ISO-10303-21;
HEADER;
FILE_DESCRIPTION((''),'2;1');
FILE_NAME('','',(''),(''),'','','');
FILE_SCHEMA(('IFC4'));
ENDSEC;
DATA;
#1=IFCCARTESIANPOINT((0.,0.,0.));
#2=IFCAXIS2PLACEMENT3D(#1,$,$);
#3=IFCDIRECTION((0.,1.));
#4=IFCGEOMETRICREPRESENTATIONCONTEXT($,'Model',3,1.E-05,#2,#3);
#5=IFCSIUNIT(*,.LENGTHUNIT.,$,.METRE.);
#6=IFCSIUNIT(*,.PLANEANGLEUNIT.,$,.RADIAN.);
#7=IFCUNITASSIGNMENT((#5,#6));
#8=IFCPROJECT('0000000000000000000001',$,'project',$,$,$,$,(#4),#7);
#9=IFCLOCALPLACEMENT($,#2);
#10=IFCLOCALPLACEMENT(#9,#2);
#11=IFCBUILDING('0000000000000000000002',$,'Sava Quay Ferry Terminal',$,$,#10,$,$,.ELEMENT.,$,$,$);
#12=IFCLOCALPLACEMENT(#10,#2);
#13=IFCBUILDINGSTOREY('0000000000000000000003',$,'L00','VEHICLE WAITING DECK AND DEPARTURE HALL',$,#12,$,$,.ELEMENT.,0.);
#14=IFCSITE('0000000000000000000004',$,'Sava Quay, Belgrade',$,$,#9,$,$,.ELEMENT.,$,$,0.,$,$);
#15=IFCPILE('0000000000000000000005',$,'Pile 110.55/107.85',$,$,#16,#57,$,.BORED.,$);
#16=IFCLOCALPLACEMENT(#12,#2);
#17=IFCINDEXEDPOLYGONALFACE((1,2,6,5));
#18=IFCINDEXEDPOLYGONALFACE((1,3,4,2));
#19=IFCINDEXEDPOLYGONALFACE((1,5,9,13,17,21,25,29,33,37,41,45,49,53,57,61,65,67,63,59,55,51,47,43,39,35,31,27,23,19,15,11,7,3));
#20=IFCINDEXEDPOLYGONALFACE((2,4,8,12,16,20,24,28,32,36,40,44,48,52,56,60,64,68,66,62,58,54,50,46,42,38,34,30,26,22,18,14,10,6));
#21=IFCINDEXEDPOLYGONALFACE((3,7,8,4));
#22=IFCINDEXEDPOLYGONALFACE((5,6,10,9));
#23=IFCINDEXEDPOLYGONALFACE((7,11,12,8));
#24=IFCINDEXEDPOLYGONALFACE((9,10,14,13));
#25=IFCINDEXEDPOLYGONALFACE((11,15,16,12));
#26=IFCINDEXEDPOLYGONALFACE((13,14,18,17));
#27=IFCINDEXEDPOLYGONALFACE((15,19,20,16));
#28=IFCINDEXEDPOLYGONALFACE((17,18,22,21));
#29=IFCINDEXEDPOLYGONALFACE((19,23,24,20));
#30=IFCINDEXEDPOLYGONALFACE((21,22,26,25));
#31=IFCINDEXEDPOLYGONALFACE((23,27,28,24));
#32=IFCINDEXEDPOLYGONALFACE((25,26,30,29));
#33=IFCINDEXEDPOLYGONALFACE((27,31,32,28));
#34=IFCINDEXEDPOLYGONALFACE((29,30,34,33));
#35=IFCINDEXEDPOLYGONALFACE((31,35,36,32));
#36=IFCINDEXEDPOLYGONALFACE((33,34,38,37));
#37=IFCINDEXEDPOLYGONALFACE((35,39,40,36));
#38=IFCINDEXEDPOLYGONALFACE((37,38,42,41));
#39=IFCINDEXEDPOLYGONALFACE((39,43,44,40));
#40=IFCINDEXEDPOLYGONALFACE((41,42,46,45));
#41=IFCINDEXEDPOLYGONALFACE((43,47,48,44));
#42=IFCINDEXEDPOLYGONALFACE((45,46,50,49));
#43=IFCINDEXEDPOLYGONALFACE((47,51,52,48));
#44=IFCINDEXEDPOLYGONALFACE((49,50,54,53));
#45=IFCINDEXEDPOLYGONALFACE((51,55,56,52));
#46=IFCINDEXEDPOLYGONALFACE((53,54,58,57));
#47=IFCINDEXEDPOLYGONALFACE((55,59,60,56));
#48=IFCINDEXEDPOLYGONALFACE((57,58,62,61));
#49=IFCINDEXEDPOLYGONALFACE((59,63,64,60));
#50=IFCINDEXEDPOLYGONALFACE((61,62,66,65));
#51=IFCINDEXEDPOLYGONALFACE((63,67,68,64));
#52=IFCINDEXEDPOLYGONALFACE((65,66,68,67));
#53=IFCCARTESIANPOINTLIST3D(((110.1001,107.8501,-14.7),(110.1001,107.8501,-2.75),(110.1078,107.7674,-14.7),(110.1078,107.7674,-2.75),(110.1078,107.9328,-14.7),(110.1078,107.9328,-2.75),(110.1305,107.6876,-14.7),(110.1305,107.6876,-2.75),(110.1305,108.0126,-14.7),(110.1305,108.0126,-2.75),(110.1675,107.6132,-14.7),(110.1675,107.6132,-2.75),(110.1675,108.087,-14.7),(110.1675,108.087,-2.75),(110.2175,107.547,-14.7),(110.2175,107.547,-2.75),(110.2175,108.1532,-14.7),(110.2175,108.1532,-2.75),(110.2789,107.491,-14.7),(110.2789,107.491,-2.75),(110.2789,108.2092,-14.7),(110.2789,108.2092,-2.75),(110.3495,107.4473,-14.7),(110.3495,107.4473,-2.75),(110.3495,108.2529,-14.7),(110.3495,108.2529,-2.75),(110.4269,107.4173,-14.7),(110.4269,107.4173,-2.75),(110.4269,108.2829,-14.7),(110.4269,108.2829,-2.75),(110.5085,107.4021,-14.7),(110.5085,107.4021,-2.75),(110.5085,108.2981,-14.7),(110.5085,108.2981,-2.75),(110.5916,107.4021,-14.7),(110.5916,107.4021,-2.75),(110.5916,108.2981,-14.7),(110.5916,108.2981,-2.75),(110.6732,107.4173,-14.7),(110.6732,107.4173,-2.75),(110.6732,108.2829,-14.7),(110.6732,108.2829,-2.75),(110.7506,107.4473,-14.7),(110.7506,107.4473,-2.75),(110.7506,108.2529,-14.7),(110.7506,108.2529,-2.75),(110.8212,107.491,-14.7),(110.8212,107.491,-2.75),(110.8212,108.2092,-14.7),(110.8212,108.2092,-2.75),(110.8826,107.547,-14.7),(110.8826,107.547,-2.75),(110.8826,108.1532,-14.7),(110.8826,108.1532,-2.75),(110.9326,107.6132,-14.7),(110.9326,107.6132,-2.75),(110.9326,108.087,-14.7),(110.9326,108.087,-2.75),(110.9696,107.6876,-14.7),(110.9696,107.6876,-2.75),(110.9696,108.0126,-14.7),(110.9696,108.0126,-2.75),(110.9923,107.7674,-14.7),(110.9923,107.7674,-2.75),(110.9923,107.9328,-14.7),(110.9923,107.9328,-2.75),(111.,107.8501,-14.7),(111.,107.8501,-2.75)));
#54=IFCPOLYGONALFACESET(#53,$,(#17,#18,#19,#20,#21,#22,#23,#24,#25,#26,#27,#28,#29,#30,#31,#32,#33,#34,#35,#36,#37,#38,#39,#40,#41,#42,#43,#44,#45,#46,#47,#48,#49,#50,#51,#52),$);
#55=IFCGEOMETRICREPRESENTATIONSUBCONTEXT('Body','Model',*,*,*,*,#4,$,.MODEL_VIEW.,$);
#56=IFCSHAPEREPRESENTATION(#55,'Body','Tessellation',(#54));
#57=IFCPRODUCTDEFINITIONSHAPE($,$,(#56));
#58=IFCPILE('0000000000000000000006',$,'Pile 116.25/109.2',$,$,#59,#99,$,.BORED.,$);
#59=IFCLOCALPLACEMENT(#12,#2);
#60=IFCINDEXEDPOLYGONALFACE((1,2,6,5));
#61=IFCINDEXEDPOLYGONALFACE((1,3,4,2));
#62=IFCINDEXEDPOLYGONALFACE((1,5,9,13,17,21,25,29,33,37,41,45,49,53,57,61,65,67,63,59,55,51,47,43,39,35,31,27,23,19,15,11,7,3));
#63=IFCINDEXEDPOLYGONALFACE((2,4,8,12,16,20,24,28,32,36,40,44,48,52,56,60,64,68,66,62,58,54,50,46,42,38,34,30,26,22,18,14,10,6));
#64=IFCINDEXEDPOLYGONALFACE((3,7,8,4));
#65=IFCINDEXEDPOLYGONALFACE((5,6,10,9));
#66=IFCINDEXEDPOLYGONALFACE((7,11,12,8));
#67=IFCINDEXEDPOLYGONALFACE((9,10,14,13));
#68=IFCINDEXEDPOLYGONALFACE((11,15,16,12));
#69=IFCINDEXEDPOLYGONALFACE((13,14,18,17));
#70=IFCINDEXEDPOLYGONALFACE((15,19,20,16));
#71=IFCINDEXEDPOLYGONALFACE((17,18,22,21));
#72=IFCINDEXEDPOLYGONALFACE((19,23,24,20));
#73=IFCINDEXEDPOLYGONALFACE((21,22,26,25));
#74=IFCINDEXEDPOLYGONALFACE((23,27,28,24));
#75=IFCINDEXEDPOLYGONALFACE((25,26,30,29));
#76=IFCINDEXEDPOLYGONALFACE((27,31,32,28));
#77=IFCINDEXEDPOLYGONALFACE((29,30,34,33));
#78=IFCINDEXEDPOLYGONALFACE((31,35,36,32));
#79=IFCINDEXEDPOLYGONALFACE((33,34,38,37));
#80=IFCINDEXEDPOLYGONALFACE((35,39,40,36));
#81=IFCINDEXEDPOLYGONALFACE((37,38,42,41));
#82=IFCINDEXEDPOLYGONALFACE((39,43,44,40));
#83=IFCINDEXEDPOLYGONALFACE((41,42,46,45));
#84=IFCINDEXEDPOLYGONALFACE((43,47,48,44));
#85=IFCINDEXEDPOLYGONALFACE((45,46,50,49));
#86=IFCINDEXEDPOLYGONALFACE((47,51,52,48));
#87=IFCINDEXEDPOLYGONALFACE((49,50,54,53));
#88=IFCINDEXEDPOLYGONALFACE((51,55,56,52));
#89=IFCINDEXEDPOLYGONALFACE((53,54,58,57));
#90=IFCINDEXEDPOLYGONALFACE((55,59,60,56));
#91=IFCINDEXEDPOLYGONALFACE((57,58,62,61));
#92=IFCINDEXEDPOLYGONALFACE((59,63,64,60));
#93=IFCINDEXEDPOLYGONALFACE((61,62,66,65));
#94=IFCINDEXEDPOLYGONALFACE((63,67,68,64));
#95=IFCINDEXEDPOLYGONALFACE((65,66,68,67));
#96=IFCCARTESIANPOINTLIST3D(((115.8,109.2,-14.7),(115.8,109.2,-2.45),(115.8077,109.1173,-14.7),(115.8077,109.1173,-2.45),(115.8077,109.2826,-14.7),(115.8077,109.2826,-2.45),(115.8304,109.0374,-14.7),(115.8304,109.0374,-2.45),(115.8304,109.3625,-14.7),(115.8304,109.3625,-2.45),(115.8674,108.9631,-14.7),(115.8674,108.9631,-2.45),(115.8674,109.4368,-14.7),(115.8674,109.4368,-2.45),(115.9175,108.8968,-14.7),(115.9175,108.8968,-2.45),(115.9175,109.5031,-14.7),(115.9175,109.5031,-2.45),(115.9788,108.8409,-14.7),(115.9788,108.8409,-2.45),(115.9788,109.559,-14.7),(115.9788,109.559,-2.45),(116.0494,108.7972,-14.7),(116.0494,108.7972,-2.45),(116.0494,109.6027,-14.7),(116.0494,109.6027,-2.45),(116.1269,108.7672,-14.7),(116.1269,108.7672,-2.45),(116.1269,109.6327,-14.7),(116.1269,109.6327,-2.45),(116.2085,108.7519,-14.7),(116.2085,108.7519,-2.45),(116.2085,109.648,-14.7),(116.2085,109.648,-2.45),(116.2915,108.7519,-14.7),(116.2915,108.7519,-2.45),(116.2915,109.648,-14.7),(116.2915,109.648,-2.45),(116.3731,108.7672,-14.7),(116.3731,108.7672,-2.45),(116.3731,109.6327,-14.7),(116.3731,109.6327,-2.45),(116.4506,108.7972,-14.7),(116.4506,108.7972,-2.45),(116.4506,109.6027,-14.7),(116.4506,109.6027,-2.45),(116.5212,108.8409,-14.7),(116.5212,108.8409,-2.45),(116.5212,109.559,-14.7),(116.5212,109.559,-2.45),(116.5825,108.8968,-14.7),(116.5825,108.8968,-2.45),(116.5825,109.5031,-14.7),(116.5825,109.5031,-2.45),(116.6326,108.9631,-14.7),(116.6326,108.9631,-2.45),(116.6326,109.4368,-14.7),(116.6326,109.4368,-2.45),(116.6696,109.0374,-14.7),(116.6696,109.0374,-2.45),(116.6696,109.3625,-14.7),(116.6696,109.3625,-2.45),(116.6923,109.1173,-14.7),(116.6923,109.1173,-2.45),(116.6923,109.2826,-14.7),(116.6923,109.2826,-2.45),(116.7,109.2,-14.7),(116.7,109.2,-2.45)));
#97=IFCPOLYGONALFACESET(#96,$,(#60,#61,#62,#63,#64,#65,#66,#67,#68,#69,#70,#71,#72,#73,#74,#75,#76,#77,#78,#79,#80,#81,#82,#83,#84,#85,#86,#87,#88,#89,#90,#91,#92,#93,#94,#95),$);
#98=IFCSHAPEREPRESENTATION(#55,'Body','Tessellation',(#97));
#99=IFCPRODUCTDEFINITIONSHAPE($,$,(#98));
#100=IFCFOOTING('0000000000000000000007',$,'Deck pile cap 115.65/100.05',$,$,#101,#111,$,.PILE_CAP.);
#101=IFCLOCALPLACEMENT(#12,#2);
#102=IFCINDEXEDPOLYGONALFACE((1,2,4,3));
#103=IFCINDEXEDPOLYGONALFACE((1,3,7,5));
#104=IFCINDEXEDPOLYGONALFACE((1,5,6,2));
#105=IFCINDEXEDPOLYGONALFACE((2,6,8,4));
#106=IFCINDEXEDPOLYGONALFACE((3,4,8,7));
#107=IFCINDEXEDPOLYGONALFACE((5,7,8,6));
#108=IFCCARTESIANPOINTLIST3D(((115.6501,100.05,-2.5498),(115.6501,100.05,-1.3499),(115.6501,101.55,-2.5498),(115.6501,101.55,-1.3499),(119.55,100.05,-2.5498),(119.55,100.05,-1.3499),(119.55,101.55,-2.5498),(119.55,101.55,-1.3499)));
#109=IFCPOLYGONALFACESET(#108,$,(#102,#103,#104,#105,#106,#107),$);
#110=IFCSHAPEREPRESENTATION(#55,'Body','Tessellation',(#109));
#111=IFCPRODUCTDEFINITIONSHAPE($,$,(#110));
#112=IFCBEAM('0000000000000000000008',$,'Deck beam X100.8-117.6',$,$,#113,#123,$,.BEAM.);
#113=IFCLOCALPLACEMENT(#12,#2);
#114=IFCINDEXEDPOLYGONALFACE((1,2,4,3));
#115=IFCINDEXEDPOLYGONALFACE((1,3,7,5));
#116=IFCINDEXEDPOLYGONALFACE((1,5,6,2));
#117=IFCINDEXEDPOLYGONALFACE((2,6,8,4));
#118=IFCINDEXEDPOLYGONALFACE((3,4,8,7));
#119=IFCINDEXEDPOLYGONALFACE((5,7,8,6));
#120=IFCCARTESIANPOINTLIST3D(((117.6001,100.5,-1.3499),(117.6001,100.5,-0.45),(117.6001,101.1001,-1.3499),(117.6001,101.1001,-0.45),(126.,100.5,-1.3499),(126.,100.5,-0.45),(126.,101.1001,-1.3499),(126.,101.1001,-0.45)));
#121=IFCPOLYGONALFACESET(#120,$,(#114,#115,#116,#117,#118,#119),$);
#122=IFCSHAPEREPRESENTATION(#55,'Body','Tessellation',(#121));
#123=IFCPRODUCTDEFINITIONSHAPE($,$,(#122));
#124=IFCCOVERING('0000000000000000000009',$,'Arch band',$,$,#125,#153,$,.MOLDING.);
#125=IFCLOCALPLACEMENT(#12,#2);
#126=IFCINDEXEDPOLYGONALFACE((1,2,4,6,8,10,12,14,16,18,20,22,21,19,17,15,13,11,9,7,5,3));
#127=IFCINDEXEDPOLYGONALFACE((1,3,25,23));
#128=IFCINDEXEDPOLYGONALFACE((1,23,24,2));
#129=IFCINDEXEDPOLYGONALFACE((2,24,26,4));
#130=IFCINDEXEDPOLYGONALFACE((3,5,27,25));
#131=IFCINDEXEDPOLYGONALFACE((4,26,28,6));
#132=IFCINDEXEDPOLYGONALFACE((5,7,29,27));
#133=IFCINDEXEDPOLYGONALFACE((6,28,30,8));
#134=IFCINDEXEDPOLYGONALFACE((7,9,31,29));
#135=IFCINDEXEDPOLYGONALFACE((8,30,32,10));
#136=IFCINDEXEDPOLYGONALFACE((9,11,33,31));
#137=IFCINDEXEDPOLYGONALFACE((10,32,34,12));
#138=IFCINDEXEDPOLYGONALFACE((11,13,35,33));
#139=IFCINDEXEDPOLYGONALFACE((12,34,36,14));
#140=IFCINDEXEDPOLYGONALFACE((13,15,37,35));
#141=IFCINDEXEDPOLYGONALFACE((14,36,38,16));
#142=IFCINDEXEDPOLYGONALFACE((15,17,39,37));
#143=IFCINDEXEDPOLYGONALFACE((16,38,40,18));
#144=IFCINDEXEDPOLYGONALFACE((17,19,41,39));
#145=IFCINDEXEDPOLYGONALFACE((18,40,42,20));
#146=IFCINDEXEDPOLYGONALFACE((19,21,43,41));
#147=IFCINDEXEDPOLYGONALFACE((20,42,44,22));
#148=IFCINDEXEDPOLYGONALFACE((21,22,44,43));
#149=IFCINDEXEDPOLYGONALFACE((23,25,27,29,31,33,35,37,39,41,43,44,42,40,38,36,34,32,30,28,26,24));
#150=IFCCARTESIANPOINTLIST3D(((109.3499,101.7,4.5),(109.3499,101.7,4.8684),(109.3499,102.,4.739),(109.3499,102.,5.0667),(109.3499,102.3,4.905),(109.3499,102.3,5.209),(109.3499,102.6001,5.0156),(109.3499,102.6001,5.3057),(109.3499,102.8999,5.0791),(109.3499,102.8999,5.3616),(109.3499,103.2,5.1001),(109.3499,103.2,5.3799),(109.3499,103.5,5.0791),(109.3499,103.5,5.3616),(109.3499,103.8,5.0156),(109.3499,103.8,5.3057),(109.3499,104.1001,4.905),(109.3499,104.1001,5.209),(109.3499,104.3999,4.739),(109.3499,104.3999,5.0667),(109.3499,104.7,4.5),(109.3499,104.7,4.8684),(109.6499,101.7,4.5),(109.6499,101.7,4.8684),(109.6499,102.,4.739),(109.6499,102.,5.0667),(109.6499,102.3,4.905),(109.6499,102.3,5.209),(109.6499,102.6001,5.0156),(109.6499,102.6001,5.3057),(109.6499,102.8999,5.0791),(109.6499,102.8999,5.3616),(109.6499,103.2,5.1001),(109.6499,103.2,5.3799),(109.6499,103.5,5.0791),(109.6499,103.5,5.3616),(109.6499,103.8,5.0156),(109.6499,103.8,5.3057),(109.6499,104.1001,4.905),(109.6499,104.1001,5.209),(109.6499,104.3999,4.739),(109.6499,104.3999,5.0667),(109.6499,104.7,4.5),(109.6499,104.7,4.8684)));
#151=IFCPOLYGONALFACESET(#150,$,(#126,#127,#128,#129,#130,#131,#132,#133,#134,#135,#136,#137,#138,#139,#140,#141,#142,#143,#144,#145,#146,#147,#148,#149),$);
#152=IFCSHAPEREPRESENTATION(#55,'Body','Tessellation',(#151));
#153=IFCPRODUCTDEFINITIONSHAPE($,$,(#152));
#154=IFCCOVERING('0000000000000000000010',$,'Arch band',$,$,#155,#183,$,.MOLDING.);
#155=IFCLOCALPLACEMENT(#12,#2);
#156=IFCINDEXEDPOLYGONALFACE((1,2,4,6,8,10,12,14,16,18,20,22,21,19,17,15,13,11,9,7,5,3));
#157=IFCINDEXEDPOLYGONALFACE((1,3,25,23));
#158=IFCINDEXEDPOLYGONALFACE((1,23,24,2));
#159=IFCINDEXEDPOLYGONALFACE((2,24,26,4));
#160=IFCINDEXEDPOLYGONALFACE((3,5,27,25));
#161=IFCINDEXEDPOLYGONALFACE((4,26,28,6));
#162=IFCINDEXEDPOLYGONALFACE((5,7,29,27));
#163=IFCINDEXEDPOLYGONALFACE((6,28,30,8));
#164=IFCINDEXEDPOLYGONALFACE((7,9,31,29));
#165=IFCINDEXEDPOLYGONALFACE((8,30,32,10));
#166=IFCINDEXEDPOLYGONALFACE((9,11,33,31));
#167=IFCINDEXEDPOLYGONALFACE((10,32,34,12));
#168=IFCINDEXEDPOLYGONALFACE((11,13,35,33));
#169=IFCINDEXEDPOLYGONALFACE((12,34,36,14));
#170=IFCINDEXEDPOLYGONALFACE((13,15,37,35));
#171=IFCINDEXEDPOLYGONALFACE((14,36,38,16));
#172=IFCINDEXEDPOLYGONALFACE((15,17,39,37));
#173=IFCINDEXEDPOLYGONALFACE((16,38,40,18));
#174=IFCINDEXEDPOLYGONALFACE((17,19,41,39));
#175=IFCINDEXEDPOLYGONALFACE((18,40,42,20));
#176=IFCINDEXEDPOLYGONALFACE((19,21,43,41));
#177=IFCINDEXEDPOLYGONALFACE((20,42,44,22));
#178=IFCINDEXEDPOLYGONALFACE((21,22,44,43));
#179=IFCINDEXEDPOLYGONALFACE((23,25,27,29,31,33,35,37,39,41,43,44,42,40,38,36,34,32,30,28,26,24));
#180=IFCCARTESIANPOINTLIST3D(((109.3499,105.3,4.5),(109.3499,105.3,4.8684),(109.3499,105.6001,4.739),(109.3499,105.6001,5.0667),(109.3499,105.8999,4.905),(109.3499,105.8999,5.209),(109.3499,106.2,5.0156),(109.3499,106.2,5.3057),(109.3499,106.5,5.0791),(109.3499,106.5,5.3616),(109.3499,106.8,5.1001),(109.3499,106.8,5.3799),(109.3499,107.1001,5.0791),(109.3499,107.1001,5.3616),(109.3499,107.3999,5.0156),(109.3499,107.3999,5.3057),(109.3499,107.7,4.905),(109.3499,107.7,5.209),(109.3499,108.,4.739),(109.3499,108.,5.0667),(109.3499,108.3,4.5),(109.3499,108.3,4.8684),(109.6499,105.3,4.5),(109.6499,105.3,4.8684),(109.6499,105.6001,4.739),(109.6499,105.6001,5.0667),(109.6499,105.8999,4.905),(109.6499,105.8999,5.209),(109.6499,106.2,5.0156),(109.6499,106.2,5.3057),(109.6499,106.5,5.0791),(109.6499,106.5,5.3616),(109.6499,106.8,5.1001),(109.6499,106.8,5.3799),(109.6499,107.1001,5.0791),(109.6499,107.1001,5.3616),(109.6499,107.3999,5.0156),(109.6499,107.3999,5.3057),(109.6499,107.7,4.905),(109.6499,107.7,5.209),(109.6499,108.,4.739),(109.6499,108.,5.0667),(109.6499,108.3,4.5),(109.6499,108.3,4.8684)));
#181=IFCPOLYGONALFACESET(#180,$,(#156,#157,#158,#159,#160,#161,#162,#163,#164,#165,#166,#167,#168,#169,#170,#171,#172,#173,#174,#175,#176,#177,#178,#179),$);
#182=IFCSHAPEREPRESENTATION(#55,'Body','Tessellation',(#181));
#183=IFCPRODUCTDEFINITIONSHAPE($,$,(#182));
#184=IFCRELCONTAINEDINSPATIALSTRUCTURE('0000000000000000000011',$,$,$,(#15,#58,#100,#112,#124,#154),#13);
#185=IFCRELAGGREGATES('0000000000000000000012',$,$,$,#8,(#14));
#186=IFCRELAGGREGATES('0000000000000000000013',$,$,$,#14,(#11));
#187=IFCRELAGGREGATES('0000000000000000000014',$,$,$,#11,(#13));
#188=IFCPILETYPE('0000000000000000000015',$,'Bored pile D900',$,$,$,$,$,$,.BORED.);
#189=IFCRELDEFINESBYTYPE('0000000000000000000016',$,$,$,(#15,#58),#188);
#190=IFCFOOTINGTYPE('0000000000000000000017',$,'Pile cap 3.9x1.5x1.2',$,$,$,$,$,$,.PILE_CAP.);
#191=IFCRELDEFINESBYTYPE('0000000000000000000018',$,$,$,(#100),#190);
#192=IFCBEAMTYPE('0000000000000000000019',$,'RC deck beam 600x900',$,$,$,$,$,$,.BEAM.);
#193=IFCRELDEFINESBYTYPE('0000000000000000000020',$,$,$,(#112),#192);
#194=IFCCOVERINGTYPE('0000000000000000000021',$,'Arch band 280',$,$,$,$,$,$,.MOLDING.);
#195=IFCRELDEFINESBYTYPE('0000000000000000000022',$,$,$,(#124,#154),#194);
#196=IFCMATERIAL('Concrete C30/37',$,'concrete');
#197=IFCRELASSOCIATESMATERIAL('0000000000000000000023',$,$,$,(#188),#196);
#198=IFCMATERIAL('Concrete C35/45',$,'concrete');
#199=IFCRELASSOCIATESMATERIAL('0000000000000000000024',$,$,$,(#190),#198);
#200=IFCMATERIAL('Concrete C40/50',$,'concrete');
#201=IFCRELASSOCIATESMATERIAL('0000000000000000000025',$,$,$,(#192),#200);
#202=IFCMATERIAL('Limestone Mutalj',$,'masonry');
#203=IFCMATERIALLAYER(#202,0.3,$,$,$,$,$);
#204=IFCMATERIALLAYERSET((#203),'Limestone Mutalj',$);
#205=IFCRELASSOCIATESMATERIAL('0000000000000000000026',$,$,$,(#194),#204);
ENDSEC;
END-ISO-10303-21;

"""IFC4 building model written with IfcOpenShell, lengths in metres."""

from ifc_helpers import new_model, si_unit, direction, frame, origin, origin_2d, place, context, subcontext, project, spatial, polyline, rectangle, circle, outline, extrude, material, layer, layer_set, material_profile, profile_set, type_object, element, save


model = new_model("IFC4")

# Units and contexts
model_context = context("Model", 3, precision=1e-05, world=origin(), true_north=direction((0.0, 1.0)))
body_context = subcontext(model_context, "Body", "Model", "MODEL_VIEW")
ifc_project = project(units=[si_unit("LENGTHUNIT", "METRE"), si_unit("PLANEANGLEUNIT", "RADIAN")], contexts=[model_context])

# Site, building, storey
site_placement = place(None, origin())
site = spatial("IfcSite", under=ifc_project, at=site_placement, Name="Sava Quay, Belgrade", CompositionType="ELEMENT", RefElevation=0.0)
building_placement = place(site_placement, origin())
building = spatial("IfcBuilding", under=site, at=building_placement, Name="Sava Quay Ferry Terminal", CompositionType="ELEMENT")
storey_placement = place(building_placement, origin())
storey = spatial("IfcBuildingStorey", under=building, at=storey_placement, Name="L00", Description="VEHICLE WAITING DECK AND DEPARTURE HALL", CompositionType="ELEMENT", Elevation=0.0)

# Piles
ifc_material_1 = material(Name="Concrete C30/37", Category="concrete")
ifc_material_profile_1 = material_profile(ifc_material_1, circle(Radius=0.45, at=origin_2d()), Name="Bored pile D900")
ifc_profile_set_1 = profile_set([ifc_material_profile_1], Name="Concrete C30/37")
pile_type = type_object("IfcPileType", Name="Bored pile D900", PredefinedType="BORED", material=ifc_profile_set_1)
pile_1_placement = place(storey_placement, frame((110.55, 107.8501, -2.75), z_axis=(0.0, 0.0, -1.0), x_axis=(1.0, 0.0, 0.0)))
element("IfcPile", 1, at=pile_1_placement, inside=storey, type_object=pile_type, Name="Pile 110.55/107.85", PredefinedType="BORED", context=body_context, shape_type="SweptSolid", body=[
    extrude(circle(Radius=0.45, at=origin_2d()), origin(), (0.0, 0.0, 1.0), 11.95),
])
pile_2_placement = place(storey_placement, frame((116.25, 109.2, -2.45), z_axis=(0.0, 0.0, -1.0), x_axis=(1.0, 0.0, 0.0)))
element("IfcPile", 2, at=pile_2_placement, inside=storey, type_object=pile_type, Name="Pile 116.25/109.2", PredefinedType="BORED", context=body_context, shape_type="SweptSolid", body=[
    extrude(circle(Radius=0.45, at=origin_2d()), origin(), (0.0, 0.0, 1.0), 12.25),
])

# Footing
ifc_material_2 = material(Name="Concrete C35/45", Category="concrete")
footing_type = type_object("IfcFootingType", Name="Pile cap 3.9x1.5x1.2", PredefinedType="PILE_CAP", material=ifc_material_2)
footing_placement = place(storey_placement, frame((117.6001, 100.8, -2.5498), z_axis=(0.0, 0.0, 1.0), x_axis=(1.0, 0.0, 0.0)))
element("IfcFooting", 3, at=footing_placement, inside=storey, type_object=footing_type, Name="Deck pile cap 115.65/100.05", PredefinedType="PILE_CAP", context=body_context, shape_type="SweptSolid", body=[
    extrude(rectangle(XDim=3.8999, YDim=1.5, at=origin_2d()), origin(), (0.0, 0.0, 1.0), 1.2),
])

# Beam
ifc_material_3 = material(Name="Concrete C40/50", Category="concrete")
ifc_material_profile_2 = material_profile(ifc_material_3, rectangle(XDim=0.6001, YDim=0.8999, at=origin_2d()), Name="RC 600x900")
ifc_profile_set_2 = profile_set([ifc_material_profile_2], Name="Concrete C40/50")
beam_type = type_object("IfcBeamType", Name="RC deck beam 600x900", PredefinedType="BEAM", material=ifc_profile_set_2)
beam_placement = place(storey_placement, frame((117.6001, 100.8, -0.8999), z_axis=(1.0, 0.0, 0.0), x_axis=(0.0, 1.0, 0.0)))
element("IfcBeam", 4, at=beam_placement, inside=storey, type_object=beam_type, Name="Deck beam X100.8-117.6", PredefinedType="BEAM", context=body_context, shape_type="SweptSolid", body=[
    extrude(rectangle(XDim=0.6001, YDim=0.8999, at=origin_2d()), origin(), (0.0, 0.0, 1.0), 8.3999),
])

# Coverings
ifc_material_4 = material(Name="Limestone Mutalj", Category="masonry")
ifc_layer_1 = layer(ifc_material_4, 0.3)
ifc_layer_set_1 = layer_set([ifc_layer_1], Name="Limestone Mutalj")
covering_type_1 = type_object("IfcCoveringType", Name="Arch band 280", PredefinedType="MOLDING", material=ifc_layer_set_1)
covering_1_placement = place(storey_placement, frame((109.6499, 101.7, 4.5), z_axis=(1.0, 0.0, 0.0), x_axis=(0.0, 0.782171, 0.623064)))
element("IfcCovering", 5, at=covering_1_placement, inside=storey, type_object=covering_type_1, Name="Arch band", PredefinedType="MOLDING", context=body_context, shape_type="SweptSolid", body=[
    extrude(outline(polyline([(0.0, 0.0), (0.3836, 0.0), (0.7217, -0.0571), (1.0253, -0.1575), (1.2994, -0.2947), (1.5472, -0.4652), (1.7688, -0.6686), (1.9639, -0.9052), (2.1297, -1.1786), (2.2607, -1.4953), (2.3465, -1.8692), (2.5761, -1.581), (2.4649, -1.239), (2.3191, -0.9409), (2.1446, -0.6783), (1.9448, -0.4476), (1.7215, -0.2464), (1.4754, -0.0737), (1.206, 0.0693), (0.9111, 0.1806), (0.5877, 0.2563), (0.2295, 0.2882), (0.0, 0.0)])), origin(), (0.0, 0.0, -1.0), 0.3),
])
covering_2_placement = place(storey_placement, frame((109.6499, 105.3, 4.5), z_axis=(1.0, 0.0, 0.0), x_axis=(0.0, 0.782171, 0.623064)))
element("IfcCovering", 6, at=covering_2_placement, inside=storey, type_object=covering_type_1, Name="Arch band", PredefinedType="MOLDING", context=body_context, shape_type="SweptSolid", body=[
    extrude(outline(polyline([(0.0, 0.0), (0.3836, 0.0), (0.7215, -0.0569), (1.0251, -0.1574), (1.2994, -0.2947), (1.5472, -0.4652), (1.7688, -0.6686), (1.9637, -0.905), (2.1295, -1.1785), (2.2607, -1.4953), (2.3465, -1.8692), (2.5761, -1.581), (2.4649, -1.239), (2.3189, -0.9407), (2.1444, -0.6782), (1.9448, -0.4476), (1.7215, -0.2464), (1.4754, -0.0737), (1.2059, 0.0695), (0.9109, 0.1808), (0.5877, 0.2563), (0.2295, 0.2882), (0.0, 0.0)])), origin(), (0.0, 0.0, -1.0), 0.3),
])

save(model, "model.ifc")
